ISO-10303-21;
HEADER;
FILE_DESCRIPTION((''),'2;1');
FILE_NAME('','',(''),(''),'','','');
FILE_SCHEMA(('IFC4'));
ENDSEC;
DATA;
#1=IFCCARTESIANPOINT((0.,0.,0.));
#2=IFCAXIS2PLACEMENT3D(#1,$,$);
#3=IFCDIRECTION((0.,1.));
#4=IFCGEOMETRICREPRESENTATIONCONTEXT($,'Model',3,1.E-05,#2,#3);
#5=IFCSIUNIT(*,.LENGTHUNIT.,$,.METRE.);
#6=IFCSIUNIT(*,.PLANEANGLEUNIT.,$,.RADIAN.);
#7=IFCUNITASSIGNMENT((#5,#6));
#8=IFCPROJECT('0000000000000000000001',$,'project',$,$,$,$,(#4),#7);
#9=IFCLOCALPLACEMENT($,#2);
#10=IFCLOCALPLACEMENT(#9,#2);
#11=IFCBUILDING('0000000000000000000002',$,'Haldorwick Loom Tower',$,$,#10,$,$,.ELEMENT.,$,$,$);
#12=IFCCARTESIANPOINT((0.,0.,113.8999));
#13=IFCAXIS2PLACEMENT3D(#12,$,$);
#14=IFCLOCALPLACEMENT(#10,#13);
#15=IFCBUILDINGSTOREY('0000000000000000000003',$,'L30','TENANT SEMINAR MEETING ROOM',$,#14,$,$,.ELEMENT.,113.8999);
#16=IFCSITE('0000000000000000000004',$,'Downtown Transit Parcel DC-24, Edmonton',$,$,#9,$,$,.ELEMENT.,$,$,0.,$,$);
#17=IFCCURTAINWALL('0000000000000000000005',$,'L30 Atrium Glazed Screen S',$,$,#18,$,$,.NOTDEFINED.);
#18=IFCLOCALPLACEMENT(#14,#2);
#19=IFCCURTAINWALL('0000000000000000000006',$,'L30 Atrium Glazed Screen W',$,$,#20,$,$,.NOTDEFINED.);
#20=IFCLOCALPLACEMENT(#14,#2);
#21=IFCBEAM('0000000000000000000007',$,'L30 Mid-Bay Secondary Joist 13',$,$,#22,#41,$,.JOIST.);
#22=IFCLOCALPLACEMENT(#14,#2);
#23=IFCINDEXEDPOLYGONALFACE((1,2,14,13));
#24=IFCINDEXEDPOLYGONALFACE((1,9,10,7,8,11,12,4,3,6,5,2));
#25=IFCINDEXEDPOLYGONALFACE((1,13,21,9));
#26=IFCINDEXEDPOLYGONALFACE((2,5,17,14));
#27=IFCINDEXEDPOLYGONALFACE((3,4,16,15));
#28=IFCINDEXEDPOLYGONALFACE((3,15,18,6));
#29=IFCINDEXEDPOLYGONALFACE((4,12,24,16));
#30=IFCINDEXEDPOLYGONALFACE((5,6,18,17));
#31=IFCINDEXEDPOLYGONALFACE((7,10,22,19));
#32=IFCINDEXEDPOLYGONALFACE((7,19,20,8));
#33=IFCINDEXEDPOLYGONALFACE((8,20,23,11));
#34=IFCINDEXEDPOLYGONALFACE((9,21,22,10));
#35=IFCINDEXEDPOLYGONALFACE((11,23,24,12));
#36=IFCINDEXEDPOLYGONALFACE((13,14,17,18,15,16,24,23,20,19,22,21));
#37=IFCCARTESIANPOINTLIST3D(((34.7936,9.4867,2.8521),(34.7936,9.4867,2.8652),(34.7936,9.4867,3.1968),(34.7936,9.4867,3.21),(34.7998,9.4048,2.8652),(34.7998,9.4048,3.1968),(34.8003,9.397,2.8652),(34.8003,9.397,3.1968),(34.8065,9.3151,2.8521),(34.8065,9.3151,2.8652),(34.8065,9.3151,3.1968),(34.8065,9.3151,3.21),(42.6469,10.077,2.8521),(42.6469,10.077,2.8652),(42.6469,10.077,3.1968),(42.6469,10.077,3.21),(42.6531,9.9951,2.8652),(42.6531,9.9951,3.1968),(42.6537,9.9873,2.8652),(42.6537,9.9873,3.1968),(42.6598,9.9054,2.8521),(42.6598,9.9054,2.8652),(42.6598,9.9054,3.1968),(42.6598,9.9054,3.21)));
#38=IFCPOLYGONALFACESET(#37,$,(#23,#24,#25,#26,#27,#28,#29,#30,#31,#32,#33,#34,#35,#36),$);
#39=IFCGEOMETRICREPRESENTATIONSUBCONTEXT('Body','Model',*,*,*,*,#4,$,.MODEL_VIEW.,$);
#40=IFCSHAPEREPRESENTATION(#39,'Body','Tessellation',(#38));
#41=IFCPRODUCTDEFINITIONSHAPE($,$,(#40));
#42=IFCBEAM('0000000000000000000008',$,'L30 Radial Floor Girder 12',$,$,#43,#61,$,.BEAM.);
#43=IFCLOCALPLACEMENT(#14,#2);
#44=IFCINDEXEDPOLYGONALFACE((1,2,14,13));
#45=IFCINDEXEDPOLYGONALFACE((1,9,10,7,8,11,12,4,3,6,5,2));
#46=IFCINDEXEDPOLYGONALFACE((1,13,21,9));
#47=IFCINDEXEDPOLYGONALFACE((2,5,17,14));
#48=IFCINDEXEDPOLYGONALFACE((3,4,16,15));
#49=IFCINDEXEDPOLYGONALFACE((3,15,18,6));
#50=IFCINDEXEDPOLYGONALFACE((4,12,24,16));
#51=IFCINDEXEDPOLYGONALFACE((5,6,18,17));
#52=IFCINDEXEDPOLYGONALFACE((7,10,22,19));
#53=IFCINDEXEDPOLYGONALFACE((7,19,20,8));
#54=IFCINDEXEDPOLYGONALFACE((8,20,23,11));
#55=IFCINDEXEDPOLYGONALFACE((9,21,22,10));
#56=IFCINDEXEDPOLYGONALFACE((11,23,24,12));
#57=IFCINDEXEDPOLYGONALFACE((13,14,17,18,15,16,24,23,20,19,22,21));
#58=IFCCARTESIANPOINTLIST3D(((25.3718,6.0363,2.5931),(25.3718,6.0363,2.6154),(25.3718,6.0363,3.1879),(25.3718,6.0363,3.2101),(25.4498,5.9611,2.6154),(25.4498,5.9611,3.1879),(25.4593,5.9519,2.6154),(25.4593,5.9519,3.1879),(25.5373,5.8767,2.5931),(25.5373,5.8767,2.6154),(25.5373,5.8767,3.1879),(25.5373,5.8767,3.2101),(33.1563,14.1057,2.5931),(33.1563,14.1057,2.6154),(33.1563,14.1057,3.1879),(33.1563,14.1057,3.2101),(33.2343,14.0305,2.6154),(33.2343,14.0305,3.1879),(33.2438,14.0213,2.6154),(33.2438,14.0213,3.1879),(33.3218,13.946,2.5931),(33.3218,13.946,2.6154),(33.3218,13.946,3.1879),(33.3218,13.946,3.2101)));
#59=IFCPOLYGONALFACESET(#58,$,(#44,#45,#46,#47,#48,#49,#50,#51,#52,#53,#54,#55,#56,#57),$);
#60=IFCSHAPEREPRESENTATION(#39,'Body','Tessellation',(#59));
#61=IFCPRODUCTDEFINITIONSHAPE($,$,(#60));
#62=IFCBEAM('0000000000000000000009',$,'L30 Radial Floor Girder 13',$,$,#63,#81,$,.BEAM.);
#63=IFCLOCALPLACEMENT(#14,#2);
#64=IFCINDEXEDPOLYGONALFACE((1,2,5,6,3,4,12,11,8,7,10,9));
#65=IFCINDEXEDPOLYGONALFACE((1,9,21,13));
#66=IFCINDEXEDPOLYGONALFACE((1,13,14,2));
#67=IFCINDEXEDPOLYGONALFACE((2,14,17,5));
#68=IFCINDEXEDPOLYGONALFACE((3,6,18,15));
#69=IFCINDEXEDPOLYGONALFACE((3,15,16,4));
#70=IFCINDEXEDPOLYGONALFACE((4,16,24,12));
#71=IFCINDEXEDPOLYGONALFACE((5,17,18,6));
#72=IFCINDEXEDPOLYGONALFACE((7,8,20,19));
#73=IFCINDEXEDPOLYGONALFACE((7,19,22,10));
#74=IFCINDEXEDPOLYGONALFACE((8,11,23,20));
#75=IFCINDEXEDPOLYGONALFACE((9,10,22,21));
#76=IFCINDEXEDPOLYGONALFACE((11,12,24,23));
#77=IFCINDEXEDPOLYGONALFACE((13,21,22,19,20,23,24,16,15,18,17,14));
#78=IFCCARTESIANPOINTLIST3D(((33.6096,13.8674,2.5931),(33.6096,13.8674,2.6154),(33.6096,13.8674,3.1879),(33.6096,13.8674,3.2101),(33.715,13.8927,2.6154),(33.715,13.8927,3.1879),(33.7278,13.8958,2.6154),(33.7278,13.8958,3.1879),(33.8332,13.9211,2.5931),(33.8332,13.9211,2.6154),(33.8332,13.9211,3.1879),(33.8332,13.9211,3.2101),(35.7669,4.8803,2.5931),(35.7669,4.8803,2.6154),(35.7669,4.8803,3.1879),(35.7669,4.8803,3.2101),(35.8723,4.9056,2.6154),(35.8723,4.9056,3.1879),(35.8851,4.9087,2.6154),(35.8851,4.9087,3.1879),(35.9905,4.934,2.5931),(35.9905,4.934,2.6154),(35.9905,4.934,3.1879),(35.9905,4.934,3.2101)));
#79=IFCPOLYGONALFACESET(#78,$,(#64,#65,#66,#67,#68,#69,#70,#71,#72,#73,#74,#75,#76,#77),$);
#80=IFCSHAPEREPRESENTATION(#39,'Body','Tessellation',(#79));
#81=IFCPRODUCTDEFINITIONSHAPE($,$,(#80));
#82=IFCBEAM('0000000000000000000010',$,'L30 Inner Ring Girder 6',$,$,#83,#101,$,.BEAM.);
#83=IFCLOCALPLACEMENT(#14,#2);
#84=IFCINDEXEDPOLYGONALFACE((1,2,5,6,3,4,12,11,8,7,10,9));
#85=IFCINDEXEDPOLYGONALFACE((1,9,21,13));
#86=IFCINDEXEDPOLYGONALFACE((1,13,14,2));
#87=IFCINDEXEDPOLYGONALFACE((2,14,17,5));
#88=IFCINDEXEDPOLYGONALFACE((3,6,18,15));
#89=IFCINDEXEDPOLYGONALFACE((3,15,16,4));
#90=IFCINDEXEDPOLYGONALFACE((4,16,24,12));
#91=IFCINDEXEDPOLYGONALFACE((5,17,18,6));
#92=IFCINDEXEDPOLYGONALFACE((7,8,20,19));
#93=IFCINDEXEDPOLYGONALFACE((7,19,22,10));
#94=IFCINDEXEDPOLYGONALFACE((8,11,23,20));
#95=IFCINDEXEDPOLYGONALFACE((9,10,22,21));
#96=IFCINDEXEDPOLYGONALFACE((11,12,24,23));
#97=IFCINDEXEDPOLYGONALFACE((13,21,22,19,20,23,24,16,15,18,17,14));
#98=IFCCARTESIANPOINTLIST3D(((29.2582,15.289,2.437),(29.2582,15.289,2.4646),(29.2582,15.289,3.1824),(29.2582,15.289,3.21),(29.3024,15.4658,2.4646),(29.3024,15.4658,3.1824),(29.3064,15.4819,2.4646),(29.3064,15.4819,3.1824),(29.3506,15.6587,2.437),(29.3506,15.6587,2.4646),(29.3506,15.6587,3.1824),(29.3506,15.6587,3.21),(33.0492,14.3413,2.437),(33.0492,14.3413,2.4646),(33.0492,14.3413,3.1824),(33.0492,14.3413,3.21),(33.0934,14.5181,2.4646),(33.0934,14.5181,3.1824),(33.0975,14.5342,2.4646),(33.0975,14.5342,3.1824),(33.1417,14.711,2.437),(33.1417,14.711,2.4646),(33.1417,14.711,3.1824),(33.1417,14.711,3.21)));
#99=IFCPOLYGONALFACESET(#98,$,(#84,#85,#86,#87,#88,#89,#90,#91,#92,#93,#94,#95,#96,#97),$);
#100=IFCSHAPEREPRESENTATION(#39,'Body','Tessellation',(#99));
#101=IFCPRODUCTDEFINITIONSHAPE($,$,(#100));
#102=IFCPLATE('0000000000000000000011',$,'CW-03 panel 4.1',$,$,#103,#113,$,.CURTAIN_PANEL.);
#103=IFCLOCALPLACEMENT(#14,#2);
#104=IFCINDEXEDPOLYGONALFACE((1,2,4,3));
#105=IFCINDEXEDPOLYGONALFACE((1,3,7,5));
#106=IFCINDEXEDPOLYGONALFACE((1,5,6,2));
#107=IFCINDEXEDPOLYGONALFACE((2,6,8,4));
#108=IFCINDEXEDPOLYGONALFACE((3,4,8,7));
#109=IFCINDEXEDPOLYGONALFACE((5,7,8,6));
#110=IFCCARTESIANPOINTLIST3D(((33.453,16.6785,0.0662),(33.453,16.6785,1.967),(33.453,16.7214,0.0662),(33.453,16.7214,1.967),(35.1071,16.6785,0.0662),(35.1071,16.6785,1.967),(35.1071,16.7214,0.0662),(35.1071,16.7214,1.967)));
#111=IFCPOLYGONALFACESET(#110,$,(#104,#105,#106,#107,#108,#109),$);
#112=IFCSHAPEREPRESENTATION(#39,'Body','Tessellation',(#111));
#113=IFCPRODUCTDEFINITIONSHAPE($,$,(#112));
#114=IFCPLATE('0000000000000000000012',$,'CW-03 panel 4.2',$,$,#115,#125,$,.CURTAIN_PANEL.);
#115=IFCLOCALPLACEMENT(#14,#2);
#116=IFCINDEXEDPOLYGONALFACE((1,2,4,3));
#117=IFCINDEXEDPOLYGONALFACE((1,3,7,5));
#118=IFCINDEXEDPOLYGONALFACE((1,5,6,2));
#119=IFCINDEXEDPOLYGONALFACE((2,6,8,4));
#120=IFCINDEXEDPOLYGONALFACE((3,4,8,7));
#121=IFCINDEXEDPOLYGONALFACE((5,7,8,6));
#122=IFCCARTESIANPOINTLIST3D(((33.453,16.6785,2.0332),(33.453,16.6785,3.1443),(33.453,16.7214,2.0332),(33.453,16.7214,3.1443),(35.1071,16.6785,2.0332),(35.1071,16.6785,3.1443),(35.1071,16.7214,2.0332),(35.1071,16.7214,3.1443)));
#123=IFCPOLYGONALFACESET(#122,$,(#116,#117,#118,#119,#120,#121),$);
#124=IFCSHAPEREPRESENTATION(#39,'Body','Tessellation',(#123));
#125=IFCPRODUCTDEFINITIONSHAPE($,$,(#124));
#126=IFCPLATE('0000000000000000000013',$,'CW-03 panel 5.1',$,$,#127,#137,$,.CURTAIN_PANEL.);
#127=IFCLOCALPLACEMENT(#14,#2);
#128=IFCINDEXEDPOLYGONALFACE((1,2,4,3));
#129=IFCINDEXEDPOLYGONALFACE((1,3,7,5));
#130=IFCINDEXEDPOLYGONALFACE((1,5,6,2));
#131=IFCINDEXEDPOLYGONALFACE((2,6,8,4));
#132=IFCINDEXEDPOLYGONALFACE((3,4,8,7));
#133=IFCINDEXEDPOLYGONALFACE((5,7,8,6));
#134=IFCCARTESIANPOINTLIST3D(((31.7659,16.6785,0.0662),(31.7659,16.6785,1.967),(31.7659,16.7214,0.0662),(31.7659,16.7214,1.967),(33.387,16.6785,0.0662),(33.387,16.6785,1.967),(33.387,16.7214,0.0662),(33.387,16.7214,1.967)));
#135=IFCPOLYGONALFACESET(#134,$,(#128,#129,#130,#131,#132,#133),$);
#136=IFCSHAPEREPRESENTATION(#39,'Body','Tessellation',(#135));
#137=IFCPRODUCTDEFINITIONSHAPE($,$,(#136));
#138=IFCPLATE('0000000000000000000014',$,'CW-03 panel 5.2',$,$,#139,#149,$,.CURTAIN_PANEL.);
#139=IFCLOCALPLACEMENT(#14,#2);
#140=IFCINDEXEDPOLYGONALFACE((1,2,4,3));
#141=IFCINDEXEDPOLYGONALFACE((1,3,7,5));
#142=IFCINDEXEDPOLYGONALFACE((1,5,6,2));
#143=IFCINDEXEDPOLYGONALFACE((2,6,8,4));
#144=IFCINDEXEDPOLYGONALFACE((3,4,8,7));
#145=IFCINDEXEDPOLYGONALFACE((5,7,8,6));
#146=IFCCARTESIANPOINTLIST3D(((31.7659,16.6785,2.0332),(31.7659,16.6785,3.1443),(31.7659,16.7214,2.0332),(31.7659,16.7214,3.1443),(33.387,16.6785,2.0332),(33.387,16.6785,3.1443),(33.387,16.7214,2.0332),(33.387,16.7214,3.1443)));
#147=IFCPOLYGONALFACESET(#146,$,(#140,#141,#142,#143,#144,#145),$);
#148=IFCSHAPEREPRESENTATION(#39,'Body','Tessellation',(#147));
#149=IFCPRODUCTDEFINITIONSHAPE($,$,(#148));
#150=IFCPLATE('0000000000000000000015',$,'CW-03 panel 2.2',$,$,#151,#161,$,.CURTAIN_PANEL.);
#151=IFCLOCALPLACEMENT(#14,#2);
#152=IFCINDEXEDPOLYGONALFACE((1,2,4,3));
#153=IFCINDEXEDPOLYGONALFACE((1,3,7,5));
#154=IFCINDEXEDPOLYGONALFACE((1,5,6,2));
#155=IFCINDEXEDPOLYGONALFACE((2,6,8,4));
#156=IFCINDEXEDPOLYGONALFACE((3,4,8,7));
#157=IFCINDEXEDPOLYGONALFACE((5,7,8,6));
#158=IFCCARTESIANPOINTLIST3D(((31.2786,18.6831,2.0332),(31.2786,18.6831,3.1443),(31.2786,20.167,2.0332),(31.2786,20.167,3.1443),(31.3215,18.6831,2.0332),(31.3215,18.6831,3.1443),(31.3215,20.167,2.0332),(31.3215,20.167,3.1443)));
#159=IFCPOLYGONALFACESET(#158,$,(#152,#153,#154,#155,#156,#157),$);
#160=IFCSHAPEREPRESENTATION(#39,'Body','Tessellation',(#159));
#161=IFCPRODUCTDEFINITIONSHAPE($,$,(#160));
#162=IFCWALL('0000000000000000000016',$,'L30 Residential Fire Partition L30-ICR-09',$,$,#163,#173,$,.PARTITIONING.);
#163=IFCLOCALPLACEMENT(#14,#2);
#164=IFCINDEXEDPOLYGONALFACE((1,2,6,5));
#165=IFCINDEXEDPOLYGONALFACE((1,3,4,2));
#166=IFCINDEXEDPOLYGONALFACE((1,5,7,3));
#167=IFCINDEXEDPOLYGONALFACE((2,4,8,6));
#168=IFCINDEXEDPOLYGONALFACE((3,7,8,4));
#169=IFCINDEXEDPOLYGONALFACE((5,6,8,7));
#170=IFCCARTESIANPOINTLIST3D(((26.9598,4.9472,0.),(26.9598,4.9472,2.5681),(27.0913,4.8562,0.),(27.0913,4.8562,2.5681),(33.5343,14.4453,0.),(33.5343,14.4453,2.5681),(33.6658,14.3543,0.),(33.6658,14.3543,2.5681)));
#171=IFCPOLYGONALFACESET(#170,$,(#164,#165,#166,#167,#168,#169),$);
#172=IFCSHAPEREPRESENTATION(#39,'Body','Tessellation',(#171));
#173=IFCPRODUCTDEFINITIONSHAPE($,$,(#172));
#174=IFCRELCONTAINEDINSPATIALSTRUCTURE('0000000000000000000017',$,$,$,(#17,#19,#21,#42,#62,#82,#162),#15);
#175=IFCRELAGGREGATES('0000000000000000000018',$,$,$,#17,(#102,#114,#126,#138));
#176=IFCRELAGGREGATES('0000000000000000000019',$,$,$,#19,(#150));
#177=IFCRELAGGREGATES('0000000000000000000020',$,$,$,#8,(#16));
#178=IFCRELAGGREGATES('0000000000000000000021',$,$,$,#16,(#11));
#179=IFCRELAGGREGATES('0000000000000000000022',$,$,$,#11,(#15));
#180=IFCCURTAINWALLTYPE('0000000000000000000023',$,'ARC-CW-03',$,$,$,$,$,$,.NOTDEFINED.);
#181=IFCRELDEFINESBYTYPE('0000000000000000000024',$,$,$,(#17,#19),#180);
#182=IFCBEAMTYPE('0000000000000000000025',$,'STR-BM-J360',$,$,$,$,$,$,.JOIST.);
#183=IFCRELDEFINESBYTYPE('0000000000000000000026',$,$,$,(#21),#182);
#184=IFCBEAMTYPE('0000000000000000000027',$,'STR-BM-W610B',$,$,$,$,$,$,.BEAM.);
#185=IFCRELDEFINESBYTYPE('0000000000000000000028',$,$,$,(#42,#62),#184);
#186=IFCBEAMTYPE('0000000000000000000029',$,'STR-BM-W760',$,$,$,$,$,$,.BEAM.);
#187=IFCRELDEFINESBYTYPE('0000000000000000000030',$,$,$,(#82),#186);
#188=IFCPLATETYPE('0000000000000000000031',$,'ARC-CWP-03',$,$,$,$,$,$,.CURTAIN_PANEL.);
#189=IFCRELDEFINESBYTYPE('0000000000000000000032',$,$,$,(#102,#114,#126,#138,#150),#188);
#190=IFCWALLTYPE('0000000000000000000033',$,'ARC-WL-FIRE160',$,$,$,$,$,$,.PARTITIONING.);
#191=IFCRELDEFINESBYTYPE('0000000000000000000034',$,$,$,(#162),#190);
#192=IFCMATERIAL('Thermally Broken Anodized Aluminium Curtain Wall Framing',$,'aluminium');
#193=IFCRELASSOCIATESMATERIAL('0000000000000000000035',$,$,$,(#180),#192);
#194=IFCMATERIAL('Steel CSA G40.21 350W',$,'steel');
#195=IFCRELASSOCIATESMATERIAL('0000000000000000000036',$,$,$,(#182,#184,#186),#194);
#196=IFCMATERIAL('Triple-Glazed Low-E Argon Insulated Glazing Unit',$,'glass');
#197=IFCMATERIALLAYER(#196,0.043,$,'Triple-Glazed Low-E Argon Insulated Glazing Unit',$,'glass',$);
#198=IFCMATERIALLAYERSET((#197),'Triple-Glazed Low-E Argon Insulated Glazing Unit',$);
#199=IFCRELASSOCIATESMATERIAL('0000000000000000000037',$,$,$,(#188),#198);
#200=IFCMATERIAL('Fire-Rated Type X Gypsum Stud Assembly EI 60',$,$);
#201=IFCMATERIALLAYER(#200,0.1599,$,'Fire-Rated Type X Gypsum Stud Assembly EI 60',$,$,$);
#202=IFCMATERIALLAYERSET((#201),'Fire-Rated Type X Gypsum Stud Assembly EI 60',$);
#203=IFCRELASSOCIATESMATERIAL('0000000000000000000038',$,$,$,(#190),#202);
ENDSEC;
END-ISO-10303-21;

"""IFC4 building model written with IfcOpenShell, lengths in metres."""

from ifc_helpers import new_model, si_unit, direction, frame, frame_2d, origin, origin_2d, place, context, subcontext, project, spatial, rectangle, i_section, extrude, material, layer, layer_set, material_profile, profile_set, type_object, element, aggregate, save


model = new_model("IFC4")

# Units and contexts
model_context = context("Model", 3, precision=1e-05, world=origin(), true_north=direction((0.0, 1.0)))
body_context = subcontext(model_context, "Body", "Model", "MODEL_VIEW")
ifc_project = project(units=[si_unit("LENGTHUNIT", "METRE"), si_unit("PLANEANGLEUNIT", "RADIAN")], contexts=[model_context])

# Site, building, storey
site_placement = place(None, origin())
site = spatial("IfcSite", under=ifc_project, at=site_placement, Name="Downtown Transit Parcel DC-24, Edmonton", CompositionType="ELEMENT", RefElevation=0.0)
building_placement = place(site_placement, origin())
building = spatial("IfcBuilding", under=site, at=building_placement, Name="Haldorwick Loom Tower", CompositionType="ELEMENT")
storey_placement = place(building_placement, frame((0.0, 0.0, 113.8999)))
storey = spatial("IfcBuildingStorey", under=building, at=storey_placement, Name="L30", Description="TENANT SEMINAR MEETING ROOM", CompositionType="ELEMENT", Elevation=113.8999)

# Curtain wall
ifc_material_1 = material(Name="Thermally Broken Anodized Aluminium Curtain Wall Framing", Category="aluminium")
curtain_wall_type = type_object("IfcCurtainWallType", Name="ARC-CW-03", PredefinedType="NOTDEFINED", material=ifc_material_1)
curtain_wall_1_placement = place(storey_placement, origin())
curtain_wall_1 = element("IfcCurtainWall", 1, at=curtain_wall_1_placement, inside=storey, type_object=curtain_wall_type, Name="L30 Atrium Glazed Screen S", PredefinedType="NOTDEFINED")

# Curtain wall
curtain_wall_2_placement = place(storey_placement, origin())
curtain_wall_2 = element("IfcCurtainWall", 2, at=curtain_wall_2_placement, inside=storey, type_object=curtain_wall_type, Name="L30 Atrium Glazed Screen W", PredefinedType="NOTDEFINED")

# Beams
ifc_material_2 = material(Name="Steel CSA G40.21 350W", Category="steel")
ifc_material_profile_1 = material_profile(ifc_material_2, i_section(OverallWidth=0.1721, OverallDepth=0.3579, WebThickness=0.0078, FlangeThickness=0.0132, at=origin_2d()), Name="W360X57", Category="steel")
ifc_profile_set_1 = profile_set([ifc_material_profile_1], Name="Steel CSA G40.21 350W")
beam_type_1 = type_object("IfcBeamType", Name="STR-BM-J360", PredefinedType="JOIST", material=ifc_profile_set_1)
beam_1_placement = place(storey_placement, frame((34.8, 9.4009, 3.031), z_axis=(0.997187, 0.074959, 0.0), x_axis=(-0.074959, 0.997187, 0.0)))
element("IfcBeam", 3, at=beam_1_placement, inside=storey, type_object=beam_type_1, Name="L30 Mid-Bay Secondary Joist 13", PredefinedType="JOIST", context=body_context, shape_type="SweptSolid", body=[
    extrude(i_section(OverallWidth=0.1721, OverallDepth=0.3579, WebThickness=0.0078, FlangeThickness=0.0132, at=origin_2d()), origin(), (0.0, 0.0, 1.0), 7.8755),
])
ifc_material_profile_2 = material_profile(ifc_material_2, i_section(OverallWidth=0.23, OverallDepth=0.6169, WebThickness=0.0132, FlangeThickness=0.0222, at=origin_2d()), Name="W610X140", Category="steel")
ifc_profile_set_2 = profile_set([ifc_material_profile_2], Name="Steel CSA G40.21 350W")
beam_type_2 = type_object("IfcBeamType", Name="STR-BM-W610B", PredefinedType="BEAM", material=ifc_profile_set_2)
beam_2_placement = place(storey_placement, frame((33.239, 14.0259, 2.9016), z_axis=(-0.694287, -0.719698, 0.0), x_axis=(0.719698, -0.694287, 0.0)))
element("IfcBeam", 4, at=beam_2_placement, inside=storey, type_object=beam_type_2, Name="L30 Radial Floor Girder 12", PredefinedType="BEAM", context=body_context, shape_type="SweptSolid", body=[
    extrude(i_section(OverallWidth=0.23, OverallDepth=0.6169, WebThickness=0.0132, FlangeThickness=0.0222, at=origin_2d()), origin(), (0.0, 0.0, 1.0), 11.2122),
])
beam_3_placement = place(storey_placement, frame((33.7214, 13.8943, 2.9016), z_axis=(0.233407, -0.972379, 0.0), x_axis=(0.972379, 0.233407, 0.0)))
element("IfcBeam", 5, at=beam_3_placement, inside=storey, type_object=beam_type_2, Name="L30 Radial Floor Girder 13", PredefinedType="BEAM", context=body_context, shape_type="SweptSolid", body=[
    extrude(i_section(OverallWidth=0.23, OverallDepth=0.6169, WebThickness=0.0132, FlangeThickness=0.0222, at=origin_2d()), origin(), (0.0, 0.0, 1.0), 9.2424),
])
ifc_material_profile_3 = material_profile(ifc_material_2, i_section(OverallWidth=0.3811, OverallDepth=0.7729, WebThickness=0.0166, FlangeThickness=0.0276, at=origin_2d()), Name="W760X257", Category="steel")
ifc_profile_set_3 = profile_set([ifc_material_profile_3], Name="Steel CSA G40.21 350W")
beam_type_3 = type_object("IfcBeamType", Name="STR-BM-W760", PredefinedType="BEAM", material=ifc_profile_set_3)
beam_4_placement = place(storey_placement, frame((33.0955, 14.5261, 2.8235), z_axis=(-0.970143, 0.242536, 0.0), x_axis=(-0.242536, -0.970143, 0.0)))
element("IfcBeam", 6, at=beam_4_placement, inside=storey, type_object=beam_type_3, Name="L30 Inner Ring Girder 6", PredefinedType="BEAM", context=body_context, shape_type="SweptSolid", body=[
    extrude(i_section(OverallWidth=0.3811, OverallDepth=0.7729, WebThickness=0.0166, FlangeThickness=0.0276, at=origin_2d()), origin(), (0.0, 0.0, 1.0), 3.9077),
])

# Plates
ifc_material_3 = material(Name="Triple-Glazed Low-E Argon Insulated Glazing Unit", Category="glass")
ifc_layer_1 = layer(ifc_material_3, 0.043, Name="Triple-Glazed Low-E Argon Insulated Glazing Unit", Category="glass")
ifc_layer_set_1 = layer_set([ifc_layer_1], Name="Triple-Glazed Low-E Argon Insulated Glazing Unit")
plate_type = type_object("IfcPlateType", Name="ARC-CWP-03", PredefinedType="CURTAIN_PANEL", material=ifc_layer_set_1)
plate_1_placement = place(storey_placement, frame((34.28, 16.7, 0.0662), z_axis=(0.0, 0.0, 1.0), x_axis=(-1.0, 0.0, 0.0)))
plate_1 = element("IfcPlate", 7, at=plate_1_placement, type_object=plate_type, Name="CW-03 panel 4.1", PredefinedType="CURTAIN_PANEL", context=body_context, shape_type="SweptSolid", body=[
    extrude(rectangle(XDim=1.6541, YDim=0.043, at=origin_2d()), origin(), (0.0, 0.0, 1.0), 1.9009),
])
plate_2_placement = place(storey_placement, frame((34.28, 16.7, 2.0332), z_axis=(0.0, 0.0, 1.0), x_axis=(-1.0, 0.0, 0.0)))
plate_2 = element("IfcPlate", 8, at=plate_2_placement, type_object=plate_type, Name="CW-03 panel 4.2", PredefinedType="CURTAIN_PANEL", context=body_context, shape_type="SweptSolid", body=[
    extrude(rectangle(XDim=1.6541, YDim=0.043, at=origin_2d()), origin(), (0.0, 0.0, 1.0), 1.1111),
])
plate_3_placement = place(storey_placement, frame((32.5764, 16.7, 0.0662), z_axis=(0.0, 0.0, 1.0), x_axis=(-1.0, 0.0, 0.0)))
plate_3 = element("IfcPlate", 9, at=plate_3_placement, type_object=plate_type, Name="CW-03 panel 5.1", PredefinedType="CURTAIN_PANEL", context=body_context, shape_type="SweptSolid", body=[
    extrude(rectangle(XDim=1.6211, YDim=0.043, at=origin_2d()), origin(), (0.0, 0.0, 1.0), 1.9009),
])
plate_4_placement = place(storey_placement, frame((32.5764, 16.7, 2.0332), z_axis=(0.0, 0.0, 1.0), x_axis=(-1.0, 0.0, 0.0)))
plate_4 = element("IfcPlate", 10, at=plate_4_placement, type_object=plate_type, Name="CW-03 panel 5.2", PredefinedType="CURTAIN_PANEL", context=body_context, shape_type="SweptSolid", body=[
    extrude(rectangle(XDim=1.6211, YDim=0.043, at=origin_2d()), origin(), (0.0, 0.0, 1.0), 1.1111),
])
aggregate(curtain_wall_1, [plate_1, plate_2, plate_3, plate_4])
plate_5_placement = place(storey_placement, frame((31.3, 19.425, 2.0332), z_axis=(0.0, 0.0, 1.0), x_axis=(0.0, 1.0, 0.0)))
plate_5 = element("IfcPlate", 11, at=plate_5_placement, type_object=plate_type, Name="CW-03 panel 2.2", PredefinedType="CURTAIN_PANEL", context=body_context, shape_type="SweptSolid", body=[
    extrude(rectangle(XDim=1.4839, YDim=0.043, at=origin_2d()), origin(), (0.0, 0.0, 1.0), 1.1111),
])
aggregate(curtain_wall_2, [plate_5])

# Wall
ifc_material_4 = material(Name="Fire-Rated Type X Gypsum Stud Assembly EI 60")
ifc_layer_2 = layer(ifc_material_4, 0.1599, Name="Fire-Rated Type X Gypsum Stud Assembly EI 60")
ifc_layer_set_2 = layer_set([ifc_layer_2], Name="Fire-Rated Type X Gypsum Stud Assembly EI 60")
wall_type = type_object("IfcWallType", Name="ARC-WL-FIRE160", PredefinedType="PARTITIONING", material=ifc_layer_set_2)
wall_placement = place(storey_placement, frame((33.6001, 14.3999, 0.0), z_axis=(0.0, 0.0, 1.0), x_axis=(-0.569145, -0.822237, 0.0)))
element("IfcWall", 12, at=wall_placement, inside=storey, type_object=wall_type, Name="L30 Residential Fire Partition L30-ICR-09", PredefinedType="PARTITIONING", context=body_context, shape_type="SweptSolid", body=[
    extrude(rectangle(XDim=11.5515, YDim=0.1599, at=frame_2d((5.7759, 0.0))), origin(), (0.0, 0.0, 1.0), 2.5681),
])

save(model, "model.ifc")
